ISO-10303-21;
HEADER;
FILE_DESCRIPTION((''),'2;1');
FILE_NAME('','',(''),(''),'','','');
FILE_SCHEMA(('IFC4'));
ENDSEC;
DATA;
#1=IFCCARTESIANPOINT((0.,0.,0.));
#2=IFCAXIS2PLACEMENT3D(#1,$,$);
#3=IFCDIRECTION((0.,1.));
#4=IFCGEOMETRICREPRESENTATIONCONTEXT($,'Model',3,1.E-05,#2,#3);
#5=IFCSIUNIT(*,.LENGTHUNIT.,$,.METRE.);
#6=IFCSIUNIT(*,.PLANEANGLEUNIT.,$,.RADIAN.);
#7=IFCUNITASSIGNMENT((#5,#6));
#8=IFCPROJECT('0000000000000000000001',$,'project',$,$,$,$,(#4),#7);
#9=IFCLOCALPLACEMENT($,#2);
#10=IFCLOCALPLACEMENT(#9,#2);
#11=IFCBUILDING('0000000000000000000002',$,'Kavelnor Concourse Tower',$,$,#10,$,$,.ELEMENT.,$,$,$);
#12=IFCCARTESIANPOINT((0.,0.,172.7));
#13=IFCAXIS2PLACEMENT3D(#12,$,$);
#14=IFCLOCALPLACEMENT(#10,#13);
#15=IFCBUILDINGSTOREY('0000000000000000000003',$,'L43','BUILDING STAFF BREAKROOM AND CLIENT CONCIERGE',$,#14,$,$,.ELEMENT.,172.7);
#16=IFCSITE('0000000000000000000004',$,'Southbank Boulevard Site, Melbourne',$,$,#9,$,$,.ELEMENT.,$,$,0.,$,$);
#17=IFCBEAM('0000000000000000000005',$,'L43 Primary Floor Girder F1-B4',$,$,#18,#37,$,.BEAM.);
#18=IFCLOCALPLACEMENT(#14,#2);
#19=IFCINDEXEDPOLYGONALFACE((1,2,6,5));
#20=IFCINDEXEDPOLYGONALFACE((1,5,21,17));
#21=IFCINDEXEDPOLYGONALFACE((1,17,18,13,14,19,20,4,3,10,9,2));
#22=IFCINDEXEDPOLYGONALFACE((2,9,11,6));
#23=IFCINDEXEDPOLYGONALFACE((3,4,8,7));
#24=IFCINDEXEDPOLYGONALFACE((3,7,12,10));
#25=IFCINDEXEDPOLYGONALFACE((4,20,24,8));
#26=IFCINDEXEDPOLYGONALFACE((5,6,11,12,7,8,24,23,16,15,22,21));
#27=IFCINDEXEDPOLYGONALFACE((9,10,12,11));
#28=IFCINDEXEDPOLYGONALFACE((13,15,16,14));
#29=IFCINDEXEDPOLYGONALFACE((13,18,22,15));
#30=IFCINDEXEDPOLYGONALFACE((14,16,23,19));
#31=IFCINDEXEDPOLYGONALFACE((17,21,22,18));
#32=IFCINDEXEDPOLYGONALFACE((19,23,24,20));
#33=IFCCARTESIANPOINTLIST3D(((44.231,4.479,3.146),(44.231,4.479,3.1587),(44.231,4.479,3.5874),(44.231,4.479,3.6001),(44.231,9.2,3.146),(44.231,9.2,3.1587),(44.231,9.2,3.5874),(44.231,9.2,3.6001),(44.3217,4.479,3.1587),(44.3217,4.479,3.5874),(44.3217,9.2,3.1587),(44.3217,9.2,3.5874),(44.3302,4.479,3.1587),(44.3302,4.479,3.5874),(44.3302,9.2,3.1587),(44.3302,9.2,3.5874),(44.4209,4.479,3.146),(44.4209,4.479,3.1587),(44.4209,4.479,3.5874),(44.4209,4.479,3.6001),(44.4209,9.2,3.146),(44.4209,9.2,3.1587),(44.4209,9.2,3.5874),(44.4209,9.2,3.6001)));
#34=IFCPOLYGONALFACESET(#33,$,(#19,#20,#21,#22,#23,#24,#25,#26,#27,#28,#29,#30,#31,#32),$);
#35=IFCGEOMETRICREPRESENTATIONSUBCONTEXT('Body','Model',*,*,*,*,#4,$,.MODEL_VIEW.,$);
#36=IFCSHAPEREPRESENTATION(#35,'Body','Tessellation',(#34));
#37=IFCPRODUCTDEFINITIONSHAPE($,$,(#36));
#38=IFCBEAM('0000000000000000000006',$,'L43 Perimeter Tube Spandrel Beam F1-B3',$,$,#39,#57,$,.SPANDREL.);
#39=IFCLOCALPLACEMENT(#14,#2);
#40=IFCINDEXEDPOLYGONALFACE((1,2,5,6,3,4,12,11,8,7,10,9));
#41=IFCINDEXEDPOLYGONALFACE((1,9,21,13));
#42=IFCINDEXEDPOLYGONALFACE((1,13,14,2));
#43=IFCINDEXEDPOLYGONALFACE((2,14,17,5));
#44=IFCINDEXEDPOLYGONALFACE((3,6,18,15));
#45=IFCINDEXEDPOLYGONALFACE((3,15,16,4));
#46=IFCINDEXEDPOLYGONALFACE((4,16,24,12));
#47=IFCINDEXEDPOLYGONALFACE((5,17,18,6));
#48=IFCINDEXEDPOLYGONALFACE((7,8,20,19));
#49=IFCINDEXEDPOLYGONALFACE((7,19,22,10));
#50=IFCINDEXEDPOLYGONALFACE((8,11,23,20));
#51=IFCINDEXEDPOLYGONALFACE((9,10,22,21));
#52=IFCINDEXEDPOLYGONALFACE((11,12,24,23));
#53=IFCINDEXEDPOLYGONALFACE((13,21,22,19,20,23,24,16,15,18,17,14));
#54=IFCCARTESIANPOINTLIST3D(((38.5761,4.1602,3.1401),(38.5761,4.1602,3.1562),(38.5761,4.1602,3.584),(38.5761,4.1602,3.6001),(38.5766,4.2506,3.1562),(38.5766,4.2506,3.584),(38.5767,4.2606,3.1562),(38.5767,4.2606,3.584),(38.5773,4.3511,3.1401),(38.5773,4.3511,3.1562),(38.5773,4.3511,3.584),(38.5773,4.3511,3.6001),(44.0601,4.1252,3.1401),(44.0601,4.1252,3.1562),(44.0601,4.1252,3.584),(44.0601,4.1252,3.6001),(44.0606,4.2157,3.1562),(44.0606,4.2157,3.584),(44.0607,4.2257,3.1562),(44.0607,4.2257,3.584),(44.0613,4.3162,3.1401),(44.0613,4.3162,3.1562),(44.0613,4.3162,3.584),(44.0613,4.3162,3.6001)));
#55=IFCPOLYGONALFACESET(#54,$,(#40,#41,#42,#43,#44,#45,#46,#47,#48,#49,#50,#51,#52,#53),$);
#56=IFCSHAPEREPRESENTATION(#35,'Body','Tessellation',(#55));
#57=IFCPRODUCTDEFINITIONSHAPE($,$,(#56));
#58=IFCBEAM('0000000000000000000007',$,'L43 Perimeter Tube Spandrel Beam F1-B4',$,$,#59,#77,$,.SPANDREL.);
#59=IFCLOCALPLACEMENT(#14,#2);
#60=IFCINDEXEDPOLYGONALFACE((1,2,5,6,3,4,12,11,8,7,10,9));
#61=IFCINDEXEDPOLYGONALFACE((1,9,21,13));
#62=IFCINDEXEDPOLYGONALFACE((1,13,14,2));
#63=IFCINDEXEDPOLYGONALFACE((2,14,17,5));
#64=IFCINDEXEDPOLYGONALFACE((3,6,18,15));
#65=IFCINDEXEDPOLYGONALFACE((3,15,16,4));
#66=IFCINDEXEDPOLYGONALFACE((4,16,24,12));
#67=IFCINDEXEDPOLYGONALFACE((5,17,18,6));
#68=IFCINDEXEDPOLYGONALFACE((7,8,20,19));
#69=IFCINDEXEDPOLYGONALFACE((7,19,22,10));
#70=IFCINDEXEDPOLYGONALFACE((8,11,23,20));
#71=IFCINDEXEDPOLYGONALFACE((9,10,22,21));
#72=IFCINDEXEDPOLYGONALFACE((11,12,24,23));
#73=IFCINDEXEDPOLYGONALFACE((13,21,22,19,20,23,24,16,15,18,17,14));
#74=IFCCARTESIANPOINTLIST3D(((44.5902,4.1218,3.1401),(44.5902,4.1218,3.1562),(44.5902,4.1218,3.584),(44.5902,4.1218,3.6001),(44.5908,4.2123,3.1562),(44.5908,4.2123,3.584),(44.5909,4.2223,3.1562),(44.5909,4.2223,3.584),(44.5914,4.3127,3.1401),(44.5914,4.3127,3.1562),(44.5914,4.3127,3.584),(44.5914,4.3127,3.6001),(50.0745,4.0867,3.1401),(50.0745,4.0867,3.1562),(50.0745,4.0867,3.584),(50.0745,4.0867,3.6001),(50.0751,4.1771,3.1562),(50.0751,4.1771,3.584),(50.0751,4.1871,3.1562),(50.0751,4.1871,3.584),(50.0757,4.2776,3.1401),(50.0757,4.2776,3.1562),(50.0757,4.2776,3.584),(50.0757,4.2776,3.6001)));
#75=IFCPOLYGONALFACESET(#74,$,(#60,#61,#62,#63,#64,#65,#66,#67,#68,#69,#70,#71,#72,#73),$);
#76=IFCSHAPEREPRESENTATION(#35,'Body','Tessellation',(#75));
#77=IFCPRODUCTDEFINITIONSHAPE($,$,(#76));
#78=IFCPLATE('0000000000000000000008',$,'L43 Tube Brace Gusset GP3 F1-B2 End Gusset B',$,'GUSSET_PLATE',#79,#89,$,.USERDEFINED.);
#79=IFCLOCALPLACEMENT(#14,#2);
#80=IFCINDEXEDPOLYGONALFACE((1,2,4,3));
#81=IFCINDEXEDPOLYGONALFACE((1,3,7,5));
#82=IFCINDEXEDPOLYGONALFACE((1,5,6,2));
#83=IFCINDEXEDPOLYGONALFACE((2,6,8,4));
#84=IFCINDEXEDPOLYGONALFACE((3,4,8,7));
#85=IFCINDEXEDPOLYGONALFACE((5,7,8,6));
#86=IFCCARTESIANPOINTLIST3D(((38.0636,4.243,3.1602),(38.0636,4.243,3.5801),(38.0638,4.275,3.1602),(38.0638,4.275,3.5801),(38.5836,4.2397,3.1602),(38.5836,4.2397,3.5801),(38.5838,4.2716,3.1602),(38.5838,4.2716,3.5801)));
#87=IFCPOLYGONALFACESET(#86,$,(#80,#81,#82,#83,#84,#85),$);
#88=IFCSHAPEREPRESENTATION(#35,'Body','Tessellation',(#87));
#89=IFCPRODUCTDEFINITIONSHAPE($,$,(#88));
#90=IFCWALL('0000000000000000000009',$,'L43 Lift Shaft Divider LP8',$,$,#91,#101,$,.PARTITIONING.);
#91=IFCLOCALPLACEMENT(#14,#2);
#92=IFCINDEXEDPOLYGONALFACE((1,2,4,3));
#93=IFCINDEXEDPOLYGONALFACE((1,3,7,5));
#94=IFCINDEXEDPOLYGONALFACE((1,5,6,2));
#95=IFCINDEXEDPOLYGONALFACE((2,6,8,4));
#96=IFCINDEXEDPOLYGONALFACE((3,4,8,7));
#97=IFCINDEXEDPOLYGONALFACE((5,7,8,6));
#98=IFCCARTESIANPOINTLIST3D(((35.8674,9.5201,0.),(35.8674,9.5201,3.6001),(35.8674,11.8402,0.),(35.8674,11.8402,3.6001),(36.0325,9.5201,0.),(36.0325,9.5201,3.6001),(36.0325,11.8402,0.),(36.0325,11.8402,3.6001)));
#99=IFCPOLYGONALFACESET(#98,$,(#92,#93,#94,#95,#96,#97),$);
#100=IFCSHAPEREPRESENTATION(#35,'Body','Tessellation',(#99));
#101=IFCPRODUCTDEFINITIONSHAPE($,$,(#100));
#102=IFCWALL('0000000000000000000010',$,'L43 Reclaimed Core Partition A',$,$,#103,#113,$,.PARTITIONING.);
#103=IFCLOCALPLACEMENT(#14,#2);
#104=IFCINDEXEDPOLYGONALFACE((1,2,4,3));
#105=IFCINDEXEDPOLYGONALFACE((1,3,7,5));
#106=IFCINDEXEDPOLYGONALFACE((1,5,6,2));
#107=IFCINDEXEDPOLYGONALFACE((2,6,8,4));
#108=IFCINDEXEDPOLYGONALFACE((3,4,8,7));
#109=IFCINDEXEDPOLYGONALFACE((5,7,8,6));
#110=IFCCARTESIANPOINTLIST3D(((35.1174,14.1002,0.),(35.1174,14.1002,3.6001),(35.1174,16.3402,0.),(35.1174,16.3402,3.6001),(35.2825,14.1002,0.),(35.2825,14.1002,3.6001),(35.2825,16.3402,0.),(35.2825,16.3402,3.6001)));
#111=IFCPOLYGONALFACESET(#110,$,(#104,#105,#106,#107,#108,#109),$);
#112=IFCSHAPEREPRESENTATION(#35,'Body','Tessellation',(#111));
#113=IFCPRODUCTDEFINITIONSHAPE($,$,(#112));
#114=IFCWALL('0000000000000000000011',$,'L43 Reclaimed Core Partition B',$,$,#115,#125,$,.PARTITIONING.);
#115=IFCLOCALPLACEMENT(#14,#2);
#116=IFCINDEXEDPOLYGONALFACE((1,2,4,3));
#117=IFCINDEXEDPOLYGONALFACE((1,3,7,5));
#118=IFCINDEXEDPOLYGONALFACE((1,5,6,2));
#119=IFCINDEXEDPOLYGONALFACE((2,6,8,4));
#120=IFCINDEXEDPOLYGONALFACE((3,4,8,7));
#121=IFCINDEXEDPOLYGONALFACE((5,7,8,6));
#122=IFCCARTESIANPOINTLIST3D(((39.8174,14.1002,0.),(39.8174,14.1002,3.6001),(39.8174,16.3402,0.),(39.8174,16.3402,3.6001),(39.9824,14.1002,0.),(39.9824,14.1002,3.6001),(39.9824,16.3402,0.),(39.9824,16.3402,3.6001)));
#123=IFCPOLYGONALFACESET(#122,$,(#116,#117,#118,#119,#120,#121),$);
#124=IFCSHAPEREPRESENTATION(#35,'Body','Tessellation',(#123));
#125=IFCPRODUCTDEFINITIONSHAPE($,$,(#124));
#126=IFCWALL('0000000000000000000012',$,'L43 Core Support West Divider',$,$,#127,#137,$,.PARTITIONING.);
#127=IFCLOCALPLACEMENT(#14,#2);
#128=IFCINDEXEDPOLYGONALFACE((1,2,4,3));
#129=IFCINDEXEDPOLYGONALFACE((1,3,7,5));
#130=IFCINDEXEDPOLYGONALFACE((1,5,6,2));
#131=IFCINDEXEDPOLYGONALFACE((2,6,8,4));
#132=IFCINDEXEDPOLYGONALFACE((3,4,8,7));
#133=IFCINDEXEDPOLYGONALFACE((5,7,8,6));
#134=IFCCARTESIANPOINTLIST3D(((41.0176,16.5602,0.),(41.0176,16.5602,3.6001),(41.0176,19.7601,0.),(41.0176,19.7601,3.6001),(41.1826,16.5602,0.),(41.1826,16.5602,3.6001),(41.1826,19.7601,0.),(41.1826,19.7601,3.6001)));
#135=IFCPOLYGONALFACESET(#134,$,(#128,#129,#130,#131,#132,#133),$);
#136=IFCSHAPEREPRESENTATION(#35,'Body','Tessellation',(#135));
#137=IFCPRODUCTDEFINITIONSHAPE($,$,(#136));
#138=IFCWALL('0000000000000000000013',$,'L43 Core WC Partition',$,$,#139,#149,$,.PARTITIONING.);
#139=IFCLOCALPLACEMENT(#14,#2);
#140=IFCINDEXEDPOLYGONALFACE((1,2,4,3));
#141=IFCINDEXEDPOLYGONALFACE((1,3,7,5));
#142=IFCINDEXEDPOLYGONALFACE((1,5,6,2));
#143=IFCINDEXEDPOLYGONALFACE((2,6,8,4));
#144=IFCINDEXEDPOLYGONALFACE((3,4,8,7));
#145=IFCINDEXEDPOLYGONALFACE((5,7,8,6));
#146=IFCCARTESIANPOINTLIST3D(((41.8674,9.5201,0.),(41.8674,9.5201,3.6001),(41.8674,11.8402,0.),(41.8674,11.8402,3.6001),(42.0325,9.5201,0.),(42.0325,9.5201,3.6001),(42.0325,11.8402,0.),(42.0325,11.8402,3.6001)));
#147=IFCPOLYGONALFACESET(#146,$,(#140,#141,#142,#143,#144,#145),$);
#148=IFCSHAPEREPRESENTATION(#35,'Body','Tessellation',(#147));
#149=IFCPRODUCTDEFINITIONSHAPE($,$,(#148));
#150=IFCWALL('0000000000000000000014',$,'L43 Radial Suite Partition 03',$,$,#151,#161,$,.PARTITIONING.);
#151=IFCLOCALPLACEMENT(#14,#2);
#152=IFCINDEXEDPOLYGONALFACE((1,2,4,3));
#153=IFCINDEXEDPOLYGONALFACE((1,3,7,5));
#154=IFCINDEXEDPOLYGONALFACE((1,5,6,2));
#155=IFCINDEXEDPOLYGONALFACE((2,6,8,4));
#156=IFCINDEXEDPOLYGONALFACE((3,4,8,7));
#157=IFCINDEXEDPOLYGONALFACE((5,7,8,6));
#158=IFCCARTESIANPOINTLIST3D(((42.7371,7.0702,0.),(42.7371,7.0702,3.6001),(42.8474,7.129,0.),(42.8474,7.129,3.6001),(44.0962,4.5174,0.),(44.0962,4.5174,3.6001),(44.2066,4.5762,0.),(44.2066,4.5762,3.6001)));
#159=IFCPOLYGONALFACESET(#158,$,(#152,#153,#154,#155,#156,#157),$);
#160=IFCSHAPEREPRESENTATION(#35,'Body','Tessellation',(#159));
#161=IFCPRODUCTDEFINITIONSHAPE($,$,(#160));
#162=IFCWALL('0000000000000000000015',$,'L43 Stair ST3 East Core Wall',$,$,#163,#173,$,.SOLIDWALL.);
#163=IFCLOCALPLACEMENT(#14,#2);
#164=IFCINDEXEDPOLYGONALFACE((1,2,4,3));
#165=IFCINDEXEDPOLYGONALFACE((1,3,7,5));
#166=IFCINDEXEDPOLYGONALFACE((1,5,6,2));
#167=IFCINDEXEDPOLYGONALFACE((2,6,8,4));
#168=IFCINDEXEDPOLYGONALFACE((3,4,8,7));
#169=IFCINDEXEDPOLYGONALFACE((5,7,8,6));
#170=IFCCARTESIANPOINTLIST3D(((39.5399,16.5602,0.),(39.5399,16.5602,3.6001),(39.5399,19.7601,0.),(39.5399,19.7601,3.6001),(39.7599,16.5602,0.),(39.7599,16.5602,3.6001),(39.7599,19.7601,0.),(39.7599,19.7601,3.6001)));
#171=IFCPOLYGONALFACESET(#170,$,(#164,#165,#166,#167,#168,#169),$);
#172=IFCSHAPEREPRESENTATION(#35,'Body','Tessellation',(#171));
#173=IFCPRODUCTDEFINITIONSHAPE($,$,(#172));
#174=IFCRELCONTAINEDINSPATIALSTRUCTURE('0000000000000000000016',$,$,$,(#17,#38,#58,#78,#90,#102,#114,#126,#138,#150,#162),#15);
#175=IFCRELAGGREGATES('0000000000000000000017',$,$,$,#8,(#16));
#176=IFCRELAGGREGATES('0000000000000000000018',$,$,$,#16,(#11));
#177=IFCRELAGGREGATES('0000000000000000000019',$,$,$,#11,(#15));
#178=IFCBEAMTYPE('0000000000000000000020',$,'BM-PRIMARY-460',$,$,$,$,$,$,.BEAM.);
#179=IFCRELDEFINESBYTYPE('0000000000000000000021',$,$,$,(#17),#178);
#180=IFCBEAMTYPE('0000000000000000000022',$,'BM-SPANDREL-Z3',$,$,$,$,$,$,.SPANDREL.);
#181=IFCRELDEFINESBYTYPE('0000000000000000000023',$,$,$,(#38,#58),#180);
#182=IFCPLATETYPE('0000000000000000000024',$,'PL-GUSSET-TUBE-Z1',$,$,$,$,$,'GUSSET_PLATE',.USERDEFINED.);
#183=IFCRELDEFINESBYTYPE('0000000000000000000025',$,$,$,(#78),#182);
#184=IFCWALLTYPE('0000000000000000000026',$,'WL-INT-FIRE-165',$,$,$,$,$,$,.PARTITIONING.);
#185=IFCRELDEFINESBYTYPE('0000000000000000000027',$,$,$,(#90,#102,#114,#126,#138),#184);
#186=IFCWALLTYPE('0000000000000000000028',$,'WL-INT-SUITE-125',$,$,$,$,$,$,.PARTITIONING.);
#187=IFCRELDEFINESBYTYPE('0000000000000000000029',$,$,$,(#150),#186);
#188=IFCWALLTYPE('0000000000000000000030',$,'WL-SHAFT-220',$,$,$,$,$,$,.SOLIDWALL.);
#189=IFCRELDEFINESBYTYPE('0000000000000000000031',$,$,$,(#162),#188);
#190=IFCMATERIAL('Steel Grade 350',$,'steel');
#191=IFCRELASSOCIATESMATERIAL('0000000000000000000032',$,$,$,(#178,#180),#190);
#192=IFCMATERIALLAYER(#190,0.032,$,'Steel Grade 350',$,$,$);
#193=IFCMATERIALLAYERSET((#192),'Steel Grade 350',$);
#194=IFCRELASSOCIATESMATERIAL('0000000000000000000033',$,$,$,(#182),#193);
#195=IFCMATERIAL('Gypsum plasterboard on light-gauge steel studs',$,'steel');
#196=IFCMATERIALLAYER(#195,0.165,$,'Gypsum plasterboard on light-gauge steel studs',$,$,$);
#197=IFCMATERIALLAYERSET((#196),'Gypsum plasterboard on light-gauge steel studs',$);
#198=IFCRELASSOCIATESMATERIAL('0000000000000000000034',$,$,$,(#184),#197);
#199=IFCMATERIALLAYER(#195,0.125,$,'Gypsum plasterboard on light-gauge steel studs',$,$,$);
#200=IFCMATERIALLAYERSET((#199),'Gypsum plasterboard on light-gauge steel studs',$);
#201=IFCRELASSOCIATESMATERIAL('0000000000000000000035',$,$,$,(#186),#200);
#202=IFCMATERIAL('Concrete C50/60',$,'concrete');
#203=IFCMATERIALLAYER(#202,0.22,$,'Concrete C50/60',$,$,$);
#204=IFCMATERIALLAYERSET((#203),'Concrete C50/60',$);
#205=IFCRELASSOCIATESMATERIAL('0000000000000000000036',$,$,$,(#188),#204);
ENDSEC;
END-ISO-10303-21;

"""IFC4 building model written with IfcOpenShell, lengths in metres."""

from ifc_helpers import new_model, si_unit, direction, frame, frame_2d, origin, origin_2d, place, context, subcontext, project, spatial, rectangle, i_section, extrude, material, layer, layer_set, material_profile, profile_set, type_object, element, save


model = new_model("IFC4")

# Units and contexts
model_context = context("Model", 3, precision=1e-05, world=origin(), true_north=direction((0.0, 1.0)))
body_context = subcontext(model_context, "Body", "Model", "MODEL_VIEW")
ifc_project = project(units=[si_unit("LENGTHUNIT", "METRE"), si_unit("PLANEANGLEUNIT", "RADIAN")], contexts=[model_context])

# Site, building, storey
site_placement = place(None, origin())
site = spatial("IfcSite", under=ifc_project, at=site_placement, Name="Southbank Boulevard Site, Melbourne", CompositionType="ELEMENT", RefElevation=0.0)
building_placement = place(site_placement, origin())
building = spatial("IfcBuilding", under=site, at=building_placement, Name="Kavelnor Concourse Tower", CompositionType="ELEMENT")
storey_placement = place(building_placement, frame((0.0, 0.0, 172.7)))
storey = spatial("IfcBuildingStorey", under=building, at=storey_placement, Name="L43", Description="BUILDING STAFF BREAKROOM AND CLIENT CONCIERGE", CompositionType="ELEMENT", Elevation=172.7)

# Shared definitions
ifc_material_1 = material(Name="Steel Grade 350", Category="steel")

# Beams
ifc_material_profile_1 = material_profile(ifc_material_1, i_section(OverallWidth=0.1899, OverallDepth=0.4541, WebThickness=0.0085, FlangeThickness=0.0127, at=origin_2d()), Name="460UB67")
ifc_profile_set_1 = profile_set([ifc_material_profile_1], Name="Steel Grade 350")
beam_type_1 = type_object("IfcBeamType", Name="BM-PRIMARY-460", PredefinedType="BEAM", material=ifc_profile_set_1)
beam_1_placement = place(storey_placement, frame((44.3259, 9.2, 3.373), z_axis=(0.0, -1.0, 0.0), x_axis=(1.0, 0.0, 0.0)))
element("IfcBeam", 1, at=beam_1_placement, inside=storey, type_object=beam_type_1, Name="L43 Primary Floor Girder F1-B4", PredefinedType="BEAM", context=body_context, shape_type="SweptSolid", body=[
    extrude(i_section(OverallWidth=0.1899, OverallDepth=0.4541, WebThickness=0.0085, FlangeThickness=0.0127, at=origin_2d()), origin(), (0.0, 0.0, 1.0), 4.7209),
])
ifc_material_profile_2 = material_profile(ifc_material_1, i_section(OverallWidth=0.1909, OverallDepth=0.46, WebThickness=0.01, FlangeThickness=0.0161, at=origin_2d()), Name="460UB82")
ifc_profile_set_2 = profile_set([ifc_material_profile_2], Name="Steel Grade 350")
beam_type_2 = type_object("IfcBeamType", Name="BM-SPANDREL-Z3", PredefinedType="SPANDREL", material=ifc_profile_set_2)
beam_2_placement = place(storey_placement, frame((38.5767, 4.2556, 3.3701), z_axis=(0.99998, -0.006366, 0.0), x_axis=(0.006366, 0.99998, 0.0)))
element("IfcBeam", 2, at=beam_2_placement, inside=storey, type_object=beam_type_2, Name="L43 Perimeter Tube Spandrel Beam F1-B3", PredefinedType="SPANDREL", context=body_context, shape_type="SweptSolid", body=[
    extrude(i_section(OverallWidth=0.1909, OverallDepth=0.46, WebThickness=0.01, FlangeThickness=0.0161, at=origin_2d()), origin(), (0.0, 0.0, 1.0), 5.4841),
])
beam_3_placement = place(storey_placement, frame((44.5908, 4.2173, 3.3701), z_axis=(0.999979, -0.00641, 0.0), x_axis=(0.00641, 0.999979, 0.0)))
element("IfcBeam", 3, at=beam_3_placement, inside=storey, type_object=beam_type_2, Name="L43 Perimeter Tube Spandrel Beam F1-B4", PredefinedType="SPANDREL", context=body_context, shape_type="SweptSolid", body=[
    extrude(i_section(OverallWidth=0.1909, OverallDepth=0.46, WebThickness=0.01, FlangeThickness=0.0161, at=origin_2d()), origin(), (0.0, 0.0, 1.0), 5.4844),
])

# Plate
ifc_layer_1 = layer(ifc_material_1, 0.032, Name="Steel Grade 350")
ifc_layer_set_1 = layer_set([ifc_layer_1], Name="Steel Grade 350")
plate_type = type_object("IfcPlateType", Name="PL-GUSSET-TUBE-Z1", ElementType="GUSSET_PLATE", PredefinedType="USERDEFINED", material=ifc_layer_set_1)
plate_placement = place(storey_placement, frame((38.3237, 4.2573, 3.1602), z_axis=(0.0, 0.0, 1.0), x_axis=(0.999979, -0.006458, 0.0)))
element("IfcPlate", 4, at=plate_placement, inside=storey, type_object=plate_type, Name="L43 Tube Brace Gusset GP3 F1-B2 End Gusset B", ObjectType="GUSSET_PLATE", PredefinedType="USERDEFINED", context=body_context, shape_type="SweptSolid", body=[
    extrude(rectangle(XDim=0.52, YDim=0.032, at=origin_2d()), origin(), (0.0, 0.0, 1.0), 0.4199),
])

# Walls
ifc_material_2 = material(Name="Gypsum plasterboard on light-gauge steel studs", Category="steel")
ifc_layer_2 = layer(ifc_material_2, 0.165, Name="Gypsum plasterboard on light-gauge steel studs")
ifc_layer_set_2 = layer_set([ifc_layer_2], Name="Gypsum plasterboard on light-gauge steel studs")
wall_type_1 = type_object("IfcWallType", Name="WL-INT-FIRE-165", PredefinedType="PARTITIONING", material=ifc_layer_set_2)
wall_1_placement = place(storey_placement, frame((35.95, 9.52, 0.0), z_axis=(0.0, 0.0, 1.0), x_axis=(0.0, 1.0, 0.0)))
element("IfcWall", 5, at=wall_1_placement, inside=storey, type_object=wall_type_1, Name="L43 Lift Shaft Divider LP8", PredefinedType="PARTITIONING", context=body_context, shape_type="SweptSolid", body=[
    extrude(rectangle(XDim=2.3201, YDim=0.165, at=frame_2d((1.1602, 0.0))), origin(), (0.0, 0.0, 1.0), 3.6001),
])
for number, where, z_axis, x_axis, name in (
    (6, (35.2, 14.1001, 0.0), (0.0, 0.0, 1.0), (0.0, 1.0, 0.0), "L43 Reclaimed Core Partition A"),
    (7, (39.8999, 14.1001, 0.0), (0.0, 0.0, 1.0), (0.0, 1.0, 0.0), "L43 Reclaimed Core Partition B"),
):
    element("IfcWall", number, at=place(storey_placement, frame(where, z_axis=z_axis, x_axis=x_axis)), inside=storey, type_object=wall_type_1, Name=name, PredefinedType="PARTITIONING", context=body_context, shape_type="SweptSolid", body=[
        extrude(rectangle(XDim=2.24, YDim=0.165, at=frame_2d((1.1201, 0.0))), origin(), (0.0, 0.0, 1.0), 3.6001),
    ])
wall_2_placement = place(storey_placement, frame((41.1001, 16.5601, 0.0), z_axis=(0.0, 0.0, 1.0), x_axis=(0.0, 1.0, 0.0)))
element("IfcWall", 8, at=wall_2_placement, inside=storey, type_object=wall_type_1, Name="L43 Core Support West Divider", PredefinedType="PARTITIONING", context=body_context, shape_type="SweptSolid", body=[
    extrude(rectangle(XDim=3.2, YDim=0.165, at=frame_2d((1.6001, 0.0))), origin(), (0.0, 0.0, 1.0), 3.6001),
])
wall_3_placement = place(storey_placement, frame((41.95, 9.52, 0.0), z_axis=(0.0, 0.0, 1.0), x_axis=(0.0, 1.0, 0.0)))
element("IfcWall", 9, at=wall_3_placement, inside=storey, type_object=wall_type_1, Name="L43 Core WC Partition", PredefinedType="PARTITIONING", context=body_context, shape_type="SweptSolid", body=[
    extrude(rectangle(XDim=2.3201, YDim=0.165, at=frame_2d((1.1602, 0.0))), origin(), (0.0, 0.0, 1.0), 3.6001),
])
ifc_layer_3 = layer(ifc_material_2, 0.125, Name="Gypsum plasterboard on light-gauge steel studs")
ifc_layer_set_3 = layer_set([ifc_layer_3], Name="Gypsum plasterboard on light-gauge steel studs")
wall_type_2 = type_object("IfcWallType", Name="WL-INT-SUITE-125", PredefinedType="PARTITIONING", material=ifc_layer_set_3)
wall_4_placement = place(storey_placement, frame((42.7922, 7.0996, 0.0), z_axis=(0.0, 0.0, 1.0), x_axis=(0.469962, -0.882687, 0.0)))
element("IfcWall", 10, at=wall_4_placement, inside=storey, type_object=wall_type_2, Name="L43 Radial Suite Partition 03", PredefinedType="PARTITIONING", context=body_context, shape_type="SweptSolid", body=[
    extrude(rectangle(XDim=2.8921, YDim=0.125, at=frame_2d((1.446, 0.0))), origin(), (0.0, 0.0, 1.0), 3.6001),
])
ifc_material_3 = material(Name="Concrete C50/60", Category="concrete")
ifc_layer_4 = layer(ifc_material_3, 0.22, Name="Concrete C50/60")
ifc_layer_set_4 = layer_set([ifc_layer_4], Name="Concrete C50/60")
wall_type_3 = type_object("IfcWallType", Name="WL-SHAFT-220", PredefinedType="SOLIDWALL", material=ifc_layer_set_4)
wall_5_placement = place(storey_placement, frame((39.6499, 16.5601, 0.0), z_axis=(0.0, 0.0, 1.0), x_axis=(0.0, 1.0, 0.0)))
element("IfcWall", 11, at=wall_5_placement, inside=storey, type_object=wall_type_3, Name="L43 Stair ST3 East Core Wall", PredefinedType="SOLIDWALL", context=body_context, shape_type="SweptSolid", body=[
    extrude(rectangle(XDim=3.2, YDim=0.22, at=frame_2d((1.6001, 0.0))), origin(), (0.0, 0.0, 1.0), 3.6001),
])

save(model, "model.ifc")
